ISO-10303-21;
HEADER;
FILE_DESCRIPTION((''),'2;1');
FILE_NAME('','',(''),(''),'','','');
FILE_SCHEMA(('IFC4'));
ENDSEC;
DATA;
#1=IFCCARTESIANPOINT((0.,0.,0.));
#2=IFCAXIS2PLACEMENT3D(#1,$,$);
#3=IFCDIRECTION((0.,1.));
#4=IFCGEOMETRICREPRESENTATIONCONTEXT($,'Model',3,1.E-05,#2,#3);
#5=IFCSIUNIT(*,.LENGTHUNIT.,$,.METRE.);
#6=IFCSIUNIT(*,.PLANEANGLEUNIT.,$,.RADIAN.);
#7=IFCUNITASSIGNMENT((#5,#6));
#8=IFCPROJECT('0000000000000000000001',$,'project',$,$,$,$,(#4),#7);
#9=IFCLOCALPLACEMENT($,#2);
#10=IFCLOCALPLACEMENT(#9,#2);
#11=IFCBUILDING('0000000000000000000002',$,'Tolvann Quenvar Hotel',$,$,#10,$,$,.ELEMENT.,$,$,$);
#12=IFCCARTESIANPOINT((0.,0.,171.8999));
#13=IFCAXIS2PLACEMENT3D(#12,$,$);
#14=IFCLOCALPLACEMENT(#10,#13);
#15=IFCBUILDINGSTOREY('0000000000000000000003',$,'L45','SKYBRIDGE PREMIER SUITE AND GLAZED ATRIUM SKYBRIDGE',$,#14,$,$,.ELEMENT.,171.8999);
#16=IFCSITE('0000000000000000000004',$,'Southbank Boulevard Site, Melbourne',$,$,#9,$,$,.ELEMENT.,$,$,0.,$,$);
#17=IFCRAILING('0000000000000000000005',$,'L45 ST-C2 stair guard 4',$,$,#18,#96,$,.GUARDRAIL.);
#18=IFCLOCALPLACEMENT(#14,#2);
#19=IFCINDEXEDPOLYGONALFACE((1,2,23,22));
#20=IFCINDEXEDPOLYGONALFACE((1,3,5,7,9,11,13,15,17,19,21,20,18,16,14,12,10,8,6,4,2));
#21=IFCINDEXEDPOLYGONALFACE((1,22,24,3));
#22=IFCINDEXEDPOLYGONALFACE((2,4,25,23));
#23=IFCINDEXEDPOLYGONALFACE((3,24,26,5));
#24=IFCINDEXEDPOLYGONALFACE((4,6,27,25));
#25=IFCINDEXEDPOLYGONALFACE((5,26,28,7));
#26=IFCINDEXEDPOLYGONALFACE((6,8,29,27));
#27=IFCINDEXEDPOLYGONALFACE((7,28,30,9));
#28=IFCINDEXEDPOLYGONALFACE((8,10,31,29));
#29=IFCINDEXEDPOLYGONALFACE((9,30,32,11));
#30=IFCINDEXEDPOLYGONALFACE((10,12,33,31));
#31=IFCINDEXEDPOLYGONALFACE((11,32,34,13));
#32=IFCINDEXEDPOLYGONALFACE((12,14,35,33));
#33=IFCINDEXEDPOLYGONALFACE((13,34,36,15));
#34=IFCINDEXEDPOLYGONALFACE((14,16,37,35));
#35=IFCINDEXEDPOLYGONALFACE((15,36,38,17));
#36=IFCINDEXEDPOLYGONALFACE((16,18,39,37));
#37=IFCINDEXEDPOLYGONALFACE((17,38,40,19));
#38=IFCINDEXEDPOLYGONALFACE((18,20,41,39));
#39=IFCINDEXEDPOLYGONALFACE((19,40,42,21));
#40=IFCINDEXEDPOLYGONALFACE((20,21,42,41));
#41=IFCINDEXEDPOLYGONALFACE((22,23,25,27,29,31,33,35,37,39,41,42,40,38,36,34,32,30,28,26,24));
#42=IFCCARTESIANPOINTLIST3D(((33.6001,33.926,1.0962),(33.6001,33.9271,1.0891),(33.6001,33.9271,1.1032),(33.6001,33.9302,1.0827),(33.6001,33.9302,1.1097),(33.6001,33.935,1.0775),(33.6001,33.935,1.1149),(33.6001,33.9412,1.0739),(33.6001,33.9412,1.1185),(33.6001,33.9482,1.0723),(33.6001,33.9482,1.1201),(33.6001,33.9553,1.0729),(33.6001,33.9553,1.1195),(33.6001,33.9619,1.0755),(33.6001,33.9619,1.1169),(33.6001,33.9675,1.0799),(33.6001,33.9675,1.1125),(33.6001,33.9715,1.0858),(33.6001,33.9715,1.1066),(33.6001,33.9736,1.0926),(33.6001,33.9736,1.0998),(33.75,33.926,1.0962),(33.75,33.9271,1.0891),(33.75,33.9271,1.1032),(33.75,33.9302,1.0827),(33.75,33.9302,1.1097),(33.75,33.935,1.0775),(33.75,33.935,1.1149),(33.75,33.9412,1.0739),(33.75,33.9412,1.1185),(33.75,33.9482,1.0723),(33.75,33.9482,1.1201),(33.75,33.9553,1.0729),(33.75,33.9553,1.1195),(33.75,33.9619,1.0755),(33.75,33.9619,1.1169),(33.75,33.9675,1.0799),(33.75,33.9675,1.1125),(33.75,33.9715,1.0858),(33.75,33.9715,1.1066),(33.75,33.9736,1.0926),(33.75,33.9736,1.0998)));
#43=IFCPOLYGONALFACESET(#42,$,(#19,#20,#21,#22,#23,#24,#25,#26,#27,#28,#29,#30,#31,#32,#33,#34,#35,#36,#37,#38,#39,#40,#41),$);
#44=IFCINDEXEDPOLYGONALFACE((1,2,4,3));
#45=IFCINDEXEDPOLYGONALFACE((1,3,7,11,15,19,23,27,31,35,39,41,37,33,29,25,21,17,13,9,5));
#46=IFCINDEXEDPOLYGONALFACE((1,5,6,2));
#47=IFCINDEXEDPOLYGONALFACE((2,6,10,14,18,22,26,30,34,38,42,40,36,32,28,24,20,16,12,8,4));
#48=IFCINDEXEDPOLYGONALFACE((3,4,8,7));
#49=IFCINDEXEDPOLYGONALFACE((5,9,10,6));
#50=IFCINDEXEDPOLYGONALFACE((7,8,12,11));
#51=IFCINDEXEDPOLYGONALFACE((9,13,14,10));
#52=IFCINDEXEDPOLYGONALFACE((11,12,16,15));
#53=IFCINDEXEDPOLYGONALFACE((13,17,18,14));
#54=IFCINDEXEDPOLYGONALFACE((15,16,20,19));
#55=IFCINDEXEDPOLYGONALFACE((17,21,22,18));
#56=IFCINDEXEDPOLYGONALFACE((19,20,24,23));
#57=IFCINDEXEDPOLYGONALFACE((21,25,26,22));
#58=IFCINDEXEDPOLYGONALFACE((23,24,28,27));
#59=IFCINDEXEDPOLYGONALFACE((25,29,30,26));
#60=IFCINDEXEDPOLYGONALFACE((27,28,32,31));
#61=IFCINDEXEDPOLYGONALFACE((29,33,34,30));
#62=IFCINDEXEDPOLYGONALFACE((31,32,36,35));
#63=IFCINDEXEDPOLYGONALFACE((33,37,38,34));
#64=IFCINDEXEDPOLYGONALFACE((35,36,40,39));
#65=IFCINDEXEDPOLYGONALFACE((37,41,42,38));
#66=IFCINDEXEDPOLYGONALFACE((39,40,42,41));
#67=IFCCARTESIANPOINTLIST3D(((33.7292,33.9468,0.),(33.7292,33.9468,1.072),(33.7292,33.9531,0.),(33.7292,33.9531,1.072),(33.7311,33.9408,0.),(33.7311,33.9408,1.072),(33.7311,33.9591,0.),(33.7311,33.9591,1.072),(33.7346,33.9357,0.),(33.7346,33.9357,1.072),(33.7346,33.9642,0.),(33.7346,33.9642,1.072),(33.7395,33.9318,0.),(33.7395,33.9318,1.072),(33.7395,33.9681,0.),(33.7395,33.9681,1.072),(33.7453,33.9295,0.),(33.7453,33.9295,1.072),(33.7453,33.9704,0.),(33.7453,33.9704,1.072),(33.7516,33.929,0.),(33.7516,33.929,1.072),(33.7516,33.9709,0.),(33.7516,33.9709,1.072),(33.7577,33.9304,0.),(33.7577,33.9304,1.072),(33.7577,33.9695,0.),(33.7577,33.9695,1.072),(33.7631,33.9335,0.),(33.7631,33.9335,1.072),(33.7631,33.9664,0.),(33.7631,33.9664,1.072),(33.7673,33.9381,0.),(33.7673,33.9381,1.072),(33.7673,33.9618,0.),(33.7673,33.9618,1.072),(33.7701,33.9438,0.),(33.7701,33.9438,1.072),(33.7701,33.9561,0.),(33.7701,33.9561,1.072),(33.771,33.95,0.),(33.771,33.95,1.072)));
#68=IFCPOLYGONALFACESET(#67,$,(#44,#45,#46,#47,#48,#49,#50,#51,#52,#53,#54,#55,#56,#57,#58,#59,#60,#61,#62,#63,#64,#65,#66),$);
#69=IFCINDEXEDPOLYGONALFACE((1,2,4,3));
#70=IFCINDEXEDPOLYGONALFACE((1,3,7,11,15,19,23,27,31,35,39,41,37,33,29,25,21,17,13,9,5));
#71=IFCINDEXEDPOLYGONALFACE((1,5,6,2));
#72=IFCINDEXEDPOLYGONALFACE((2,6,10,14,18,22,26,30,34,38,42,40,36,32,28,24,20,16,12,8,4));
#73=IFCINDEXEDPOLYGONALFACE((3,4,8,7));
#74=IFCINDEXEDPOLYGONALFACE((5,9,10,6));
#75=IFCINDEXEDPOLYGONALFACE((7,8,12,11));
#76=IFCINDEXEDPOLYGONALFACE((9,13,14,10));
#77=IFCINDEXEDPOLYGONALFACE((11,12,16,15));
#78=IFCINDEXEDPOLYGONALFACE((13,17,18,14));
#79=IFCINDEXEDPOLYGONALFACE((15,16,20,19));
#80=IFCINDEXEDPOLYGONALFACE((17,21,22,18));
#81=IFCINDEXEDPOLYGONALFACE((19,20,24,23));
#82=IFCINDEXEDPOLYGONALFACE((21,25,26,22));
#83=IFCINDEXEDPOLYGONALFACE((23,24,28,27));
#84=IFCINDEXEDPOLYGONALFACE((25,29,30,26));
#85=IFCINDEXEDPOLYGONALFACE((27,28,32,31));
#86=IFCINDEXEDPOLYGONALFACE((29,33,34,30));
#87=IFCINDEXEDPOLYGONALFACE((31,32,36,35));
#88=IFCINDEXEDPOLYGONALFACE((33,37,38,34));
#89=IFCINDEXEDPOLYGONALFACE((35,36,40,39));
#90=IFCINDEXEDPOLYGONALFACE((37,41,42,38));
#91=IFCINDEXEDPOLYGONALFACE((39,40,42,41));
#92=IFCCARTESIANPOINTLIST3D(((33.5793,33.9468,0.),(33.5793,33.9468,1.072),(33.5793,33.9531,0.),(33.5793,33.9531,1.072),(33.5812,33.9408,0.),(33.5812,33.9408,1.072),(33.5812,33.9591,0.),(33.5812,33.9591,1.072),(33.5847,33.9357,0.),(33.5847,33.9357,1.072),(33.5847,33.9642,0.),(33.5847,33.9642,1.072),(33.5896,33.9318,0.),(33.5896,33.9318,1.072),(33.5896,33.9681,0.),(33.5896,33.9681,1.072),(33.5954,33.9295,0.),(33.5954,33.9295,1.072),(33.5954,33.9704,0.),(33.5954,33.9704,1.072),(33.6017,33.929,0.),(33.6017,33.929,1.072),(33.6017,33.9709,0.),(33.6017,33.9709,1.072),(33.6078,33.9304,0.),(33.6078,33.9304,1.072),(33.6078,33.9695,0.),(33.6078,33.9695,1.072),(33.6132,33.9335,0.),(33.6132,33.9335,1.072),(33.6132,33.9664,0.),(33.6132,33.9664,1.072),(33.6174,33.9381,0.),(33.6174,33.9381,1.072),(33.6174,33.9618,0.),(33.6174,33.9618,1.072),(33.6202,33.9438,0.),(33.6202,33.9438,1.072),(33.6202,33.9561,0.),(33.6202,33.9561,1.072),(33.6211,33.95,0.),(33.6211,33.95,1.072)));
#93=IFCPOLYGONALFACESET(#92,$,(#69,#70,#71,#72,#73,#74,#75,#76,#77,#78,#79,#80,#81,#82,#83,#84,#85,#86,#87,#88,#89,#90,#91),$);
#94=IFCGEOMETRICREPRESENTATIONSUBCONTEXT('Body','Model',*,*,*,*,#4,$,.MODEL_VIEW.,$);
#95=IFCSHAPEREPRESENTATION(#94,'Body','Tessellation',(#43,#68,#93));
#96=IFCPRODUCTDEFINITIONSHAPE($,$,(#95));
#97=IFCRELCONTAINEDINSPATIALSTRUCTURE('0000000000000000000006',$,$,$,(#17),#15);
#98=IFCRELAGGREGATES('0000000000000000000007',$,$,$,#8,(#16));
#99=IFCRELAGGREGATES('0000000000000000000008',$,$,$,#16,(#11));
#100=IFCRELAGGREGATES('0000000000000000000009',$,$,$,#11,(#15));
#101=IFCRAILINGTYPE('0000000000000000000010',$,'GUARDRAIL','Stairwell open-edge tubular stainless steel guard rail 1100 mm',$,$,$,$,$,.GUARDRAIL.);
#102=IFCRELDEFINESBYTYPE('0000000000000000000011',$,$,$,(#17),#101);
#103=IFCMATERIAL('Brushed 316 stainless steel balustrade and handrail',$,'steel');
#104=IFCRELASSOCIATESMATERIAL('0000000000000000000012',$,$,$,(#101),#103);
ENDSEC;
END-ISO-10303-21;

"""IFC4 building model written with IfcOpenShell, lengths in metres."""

from ifc_helpers import new_model, si_unit, direction, frame, origin, origin_2d, place, context, subcontext, project, spatial, circle, extrude, material, type_object, element, save


model = new_model("IFC4")

# Units and contexts
model_context = context("Model", 3, precision=1e-05, world=origin(), true_north=direction((0.0, 1.0)))
body_context = subcontext(model_context, "Body", "Model", "MODEL_VIEW")
ifc_project = project(units=[si_unit("LENGTHUNIT", "METRE"), si_unit("PLANEANGLEUNIT", "RADIAN")], contexts=[model_context])

# Site, building, storey
site_placement = place(None, origin())
site = spatial("IfcSite", under=ifc_project, at=site_placement, Name="Southbank Boulevard Site, Melbourne", CompositionType="ELEMENT", RefElevation=0.0)
building_placement = place(site_placement, origin())
building = spatial("IfcBuilding", under=site, at=building_placement, Name="Tolvann Quenvar Hotel", CompositionType="ELEMENT")
storey_placement = place(building_placement, frame((0.0, 0.0, 171.8999)))
storey = spatial("IfcBuildingStorey", under=building, at=storey_placement, Name="L45", Description="SKYBRIDGE PREMIER SUITE AND GLAZED ATRIUM SKYBRIDGE", CompositionType="ELEMENT", Elevation=171.8999)

# Railing
ifc_material_1 = material(Name="Brushed 316 stainless steel balustrade and handrail", Category="steel")
railing_type_1 = type_object("IfcRailingType", Name="GUARDRAIL", Description="Stairwell open-edge tubular stainless steel guard rail 1100 mm", PredefinedType="GUARDRAIL", material=ifc_material_1)
railing_1_placement = place(storey_placement, frame((33.75, 33.95, 0.0)))
element("IfcRailing", 1, at=railing_1_placement, inside=storey, type_object=railing_type_1, Name="L45 ST-C2 stair guard 4", PredefinedType="GUARDRAIL", context=body_context, shape_type="SweptSolid", body=[
    extrude(circle(Radius=0.0239, at=origin_2d()), frame((0.0, 0.0, 1.0962), z_axis=(-1.0, 0.0, 0.0), x_axis=(0.0, -1.0, 0.0)), (0.0, 0.0, 1.0), 0.1499),
    extrude(circle(Radius=0.021, at=origin_2d()), origin(), (0.0, 0.0, 1.0), 1.072),
    extrude(circle(Radius=0.021, at=origin_2d()), frame((-0.1499, 0.0, 0.0)), (0.0, 0.0, 1.0), 1.072),
])

save(model, "model.ifc")
